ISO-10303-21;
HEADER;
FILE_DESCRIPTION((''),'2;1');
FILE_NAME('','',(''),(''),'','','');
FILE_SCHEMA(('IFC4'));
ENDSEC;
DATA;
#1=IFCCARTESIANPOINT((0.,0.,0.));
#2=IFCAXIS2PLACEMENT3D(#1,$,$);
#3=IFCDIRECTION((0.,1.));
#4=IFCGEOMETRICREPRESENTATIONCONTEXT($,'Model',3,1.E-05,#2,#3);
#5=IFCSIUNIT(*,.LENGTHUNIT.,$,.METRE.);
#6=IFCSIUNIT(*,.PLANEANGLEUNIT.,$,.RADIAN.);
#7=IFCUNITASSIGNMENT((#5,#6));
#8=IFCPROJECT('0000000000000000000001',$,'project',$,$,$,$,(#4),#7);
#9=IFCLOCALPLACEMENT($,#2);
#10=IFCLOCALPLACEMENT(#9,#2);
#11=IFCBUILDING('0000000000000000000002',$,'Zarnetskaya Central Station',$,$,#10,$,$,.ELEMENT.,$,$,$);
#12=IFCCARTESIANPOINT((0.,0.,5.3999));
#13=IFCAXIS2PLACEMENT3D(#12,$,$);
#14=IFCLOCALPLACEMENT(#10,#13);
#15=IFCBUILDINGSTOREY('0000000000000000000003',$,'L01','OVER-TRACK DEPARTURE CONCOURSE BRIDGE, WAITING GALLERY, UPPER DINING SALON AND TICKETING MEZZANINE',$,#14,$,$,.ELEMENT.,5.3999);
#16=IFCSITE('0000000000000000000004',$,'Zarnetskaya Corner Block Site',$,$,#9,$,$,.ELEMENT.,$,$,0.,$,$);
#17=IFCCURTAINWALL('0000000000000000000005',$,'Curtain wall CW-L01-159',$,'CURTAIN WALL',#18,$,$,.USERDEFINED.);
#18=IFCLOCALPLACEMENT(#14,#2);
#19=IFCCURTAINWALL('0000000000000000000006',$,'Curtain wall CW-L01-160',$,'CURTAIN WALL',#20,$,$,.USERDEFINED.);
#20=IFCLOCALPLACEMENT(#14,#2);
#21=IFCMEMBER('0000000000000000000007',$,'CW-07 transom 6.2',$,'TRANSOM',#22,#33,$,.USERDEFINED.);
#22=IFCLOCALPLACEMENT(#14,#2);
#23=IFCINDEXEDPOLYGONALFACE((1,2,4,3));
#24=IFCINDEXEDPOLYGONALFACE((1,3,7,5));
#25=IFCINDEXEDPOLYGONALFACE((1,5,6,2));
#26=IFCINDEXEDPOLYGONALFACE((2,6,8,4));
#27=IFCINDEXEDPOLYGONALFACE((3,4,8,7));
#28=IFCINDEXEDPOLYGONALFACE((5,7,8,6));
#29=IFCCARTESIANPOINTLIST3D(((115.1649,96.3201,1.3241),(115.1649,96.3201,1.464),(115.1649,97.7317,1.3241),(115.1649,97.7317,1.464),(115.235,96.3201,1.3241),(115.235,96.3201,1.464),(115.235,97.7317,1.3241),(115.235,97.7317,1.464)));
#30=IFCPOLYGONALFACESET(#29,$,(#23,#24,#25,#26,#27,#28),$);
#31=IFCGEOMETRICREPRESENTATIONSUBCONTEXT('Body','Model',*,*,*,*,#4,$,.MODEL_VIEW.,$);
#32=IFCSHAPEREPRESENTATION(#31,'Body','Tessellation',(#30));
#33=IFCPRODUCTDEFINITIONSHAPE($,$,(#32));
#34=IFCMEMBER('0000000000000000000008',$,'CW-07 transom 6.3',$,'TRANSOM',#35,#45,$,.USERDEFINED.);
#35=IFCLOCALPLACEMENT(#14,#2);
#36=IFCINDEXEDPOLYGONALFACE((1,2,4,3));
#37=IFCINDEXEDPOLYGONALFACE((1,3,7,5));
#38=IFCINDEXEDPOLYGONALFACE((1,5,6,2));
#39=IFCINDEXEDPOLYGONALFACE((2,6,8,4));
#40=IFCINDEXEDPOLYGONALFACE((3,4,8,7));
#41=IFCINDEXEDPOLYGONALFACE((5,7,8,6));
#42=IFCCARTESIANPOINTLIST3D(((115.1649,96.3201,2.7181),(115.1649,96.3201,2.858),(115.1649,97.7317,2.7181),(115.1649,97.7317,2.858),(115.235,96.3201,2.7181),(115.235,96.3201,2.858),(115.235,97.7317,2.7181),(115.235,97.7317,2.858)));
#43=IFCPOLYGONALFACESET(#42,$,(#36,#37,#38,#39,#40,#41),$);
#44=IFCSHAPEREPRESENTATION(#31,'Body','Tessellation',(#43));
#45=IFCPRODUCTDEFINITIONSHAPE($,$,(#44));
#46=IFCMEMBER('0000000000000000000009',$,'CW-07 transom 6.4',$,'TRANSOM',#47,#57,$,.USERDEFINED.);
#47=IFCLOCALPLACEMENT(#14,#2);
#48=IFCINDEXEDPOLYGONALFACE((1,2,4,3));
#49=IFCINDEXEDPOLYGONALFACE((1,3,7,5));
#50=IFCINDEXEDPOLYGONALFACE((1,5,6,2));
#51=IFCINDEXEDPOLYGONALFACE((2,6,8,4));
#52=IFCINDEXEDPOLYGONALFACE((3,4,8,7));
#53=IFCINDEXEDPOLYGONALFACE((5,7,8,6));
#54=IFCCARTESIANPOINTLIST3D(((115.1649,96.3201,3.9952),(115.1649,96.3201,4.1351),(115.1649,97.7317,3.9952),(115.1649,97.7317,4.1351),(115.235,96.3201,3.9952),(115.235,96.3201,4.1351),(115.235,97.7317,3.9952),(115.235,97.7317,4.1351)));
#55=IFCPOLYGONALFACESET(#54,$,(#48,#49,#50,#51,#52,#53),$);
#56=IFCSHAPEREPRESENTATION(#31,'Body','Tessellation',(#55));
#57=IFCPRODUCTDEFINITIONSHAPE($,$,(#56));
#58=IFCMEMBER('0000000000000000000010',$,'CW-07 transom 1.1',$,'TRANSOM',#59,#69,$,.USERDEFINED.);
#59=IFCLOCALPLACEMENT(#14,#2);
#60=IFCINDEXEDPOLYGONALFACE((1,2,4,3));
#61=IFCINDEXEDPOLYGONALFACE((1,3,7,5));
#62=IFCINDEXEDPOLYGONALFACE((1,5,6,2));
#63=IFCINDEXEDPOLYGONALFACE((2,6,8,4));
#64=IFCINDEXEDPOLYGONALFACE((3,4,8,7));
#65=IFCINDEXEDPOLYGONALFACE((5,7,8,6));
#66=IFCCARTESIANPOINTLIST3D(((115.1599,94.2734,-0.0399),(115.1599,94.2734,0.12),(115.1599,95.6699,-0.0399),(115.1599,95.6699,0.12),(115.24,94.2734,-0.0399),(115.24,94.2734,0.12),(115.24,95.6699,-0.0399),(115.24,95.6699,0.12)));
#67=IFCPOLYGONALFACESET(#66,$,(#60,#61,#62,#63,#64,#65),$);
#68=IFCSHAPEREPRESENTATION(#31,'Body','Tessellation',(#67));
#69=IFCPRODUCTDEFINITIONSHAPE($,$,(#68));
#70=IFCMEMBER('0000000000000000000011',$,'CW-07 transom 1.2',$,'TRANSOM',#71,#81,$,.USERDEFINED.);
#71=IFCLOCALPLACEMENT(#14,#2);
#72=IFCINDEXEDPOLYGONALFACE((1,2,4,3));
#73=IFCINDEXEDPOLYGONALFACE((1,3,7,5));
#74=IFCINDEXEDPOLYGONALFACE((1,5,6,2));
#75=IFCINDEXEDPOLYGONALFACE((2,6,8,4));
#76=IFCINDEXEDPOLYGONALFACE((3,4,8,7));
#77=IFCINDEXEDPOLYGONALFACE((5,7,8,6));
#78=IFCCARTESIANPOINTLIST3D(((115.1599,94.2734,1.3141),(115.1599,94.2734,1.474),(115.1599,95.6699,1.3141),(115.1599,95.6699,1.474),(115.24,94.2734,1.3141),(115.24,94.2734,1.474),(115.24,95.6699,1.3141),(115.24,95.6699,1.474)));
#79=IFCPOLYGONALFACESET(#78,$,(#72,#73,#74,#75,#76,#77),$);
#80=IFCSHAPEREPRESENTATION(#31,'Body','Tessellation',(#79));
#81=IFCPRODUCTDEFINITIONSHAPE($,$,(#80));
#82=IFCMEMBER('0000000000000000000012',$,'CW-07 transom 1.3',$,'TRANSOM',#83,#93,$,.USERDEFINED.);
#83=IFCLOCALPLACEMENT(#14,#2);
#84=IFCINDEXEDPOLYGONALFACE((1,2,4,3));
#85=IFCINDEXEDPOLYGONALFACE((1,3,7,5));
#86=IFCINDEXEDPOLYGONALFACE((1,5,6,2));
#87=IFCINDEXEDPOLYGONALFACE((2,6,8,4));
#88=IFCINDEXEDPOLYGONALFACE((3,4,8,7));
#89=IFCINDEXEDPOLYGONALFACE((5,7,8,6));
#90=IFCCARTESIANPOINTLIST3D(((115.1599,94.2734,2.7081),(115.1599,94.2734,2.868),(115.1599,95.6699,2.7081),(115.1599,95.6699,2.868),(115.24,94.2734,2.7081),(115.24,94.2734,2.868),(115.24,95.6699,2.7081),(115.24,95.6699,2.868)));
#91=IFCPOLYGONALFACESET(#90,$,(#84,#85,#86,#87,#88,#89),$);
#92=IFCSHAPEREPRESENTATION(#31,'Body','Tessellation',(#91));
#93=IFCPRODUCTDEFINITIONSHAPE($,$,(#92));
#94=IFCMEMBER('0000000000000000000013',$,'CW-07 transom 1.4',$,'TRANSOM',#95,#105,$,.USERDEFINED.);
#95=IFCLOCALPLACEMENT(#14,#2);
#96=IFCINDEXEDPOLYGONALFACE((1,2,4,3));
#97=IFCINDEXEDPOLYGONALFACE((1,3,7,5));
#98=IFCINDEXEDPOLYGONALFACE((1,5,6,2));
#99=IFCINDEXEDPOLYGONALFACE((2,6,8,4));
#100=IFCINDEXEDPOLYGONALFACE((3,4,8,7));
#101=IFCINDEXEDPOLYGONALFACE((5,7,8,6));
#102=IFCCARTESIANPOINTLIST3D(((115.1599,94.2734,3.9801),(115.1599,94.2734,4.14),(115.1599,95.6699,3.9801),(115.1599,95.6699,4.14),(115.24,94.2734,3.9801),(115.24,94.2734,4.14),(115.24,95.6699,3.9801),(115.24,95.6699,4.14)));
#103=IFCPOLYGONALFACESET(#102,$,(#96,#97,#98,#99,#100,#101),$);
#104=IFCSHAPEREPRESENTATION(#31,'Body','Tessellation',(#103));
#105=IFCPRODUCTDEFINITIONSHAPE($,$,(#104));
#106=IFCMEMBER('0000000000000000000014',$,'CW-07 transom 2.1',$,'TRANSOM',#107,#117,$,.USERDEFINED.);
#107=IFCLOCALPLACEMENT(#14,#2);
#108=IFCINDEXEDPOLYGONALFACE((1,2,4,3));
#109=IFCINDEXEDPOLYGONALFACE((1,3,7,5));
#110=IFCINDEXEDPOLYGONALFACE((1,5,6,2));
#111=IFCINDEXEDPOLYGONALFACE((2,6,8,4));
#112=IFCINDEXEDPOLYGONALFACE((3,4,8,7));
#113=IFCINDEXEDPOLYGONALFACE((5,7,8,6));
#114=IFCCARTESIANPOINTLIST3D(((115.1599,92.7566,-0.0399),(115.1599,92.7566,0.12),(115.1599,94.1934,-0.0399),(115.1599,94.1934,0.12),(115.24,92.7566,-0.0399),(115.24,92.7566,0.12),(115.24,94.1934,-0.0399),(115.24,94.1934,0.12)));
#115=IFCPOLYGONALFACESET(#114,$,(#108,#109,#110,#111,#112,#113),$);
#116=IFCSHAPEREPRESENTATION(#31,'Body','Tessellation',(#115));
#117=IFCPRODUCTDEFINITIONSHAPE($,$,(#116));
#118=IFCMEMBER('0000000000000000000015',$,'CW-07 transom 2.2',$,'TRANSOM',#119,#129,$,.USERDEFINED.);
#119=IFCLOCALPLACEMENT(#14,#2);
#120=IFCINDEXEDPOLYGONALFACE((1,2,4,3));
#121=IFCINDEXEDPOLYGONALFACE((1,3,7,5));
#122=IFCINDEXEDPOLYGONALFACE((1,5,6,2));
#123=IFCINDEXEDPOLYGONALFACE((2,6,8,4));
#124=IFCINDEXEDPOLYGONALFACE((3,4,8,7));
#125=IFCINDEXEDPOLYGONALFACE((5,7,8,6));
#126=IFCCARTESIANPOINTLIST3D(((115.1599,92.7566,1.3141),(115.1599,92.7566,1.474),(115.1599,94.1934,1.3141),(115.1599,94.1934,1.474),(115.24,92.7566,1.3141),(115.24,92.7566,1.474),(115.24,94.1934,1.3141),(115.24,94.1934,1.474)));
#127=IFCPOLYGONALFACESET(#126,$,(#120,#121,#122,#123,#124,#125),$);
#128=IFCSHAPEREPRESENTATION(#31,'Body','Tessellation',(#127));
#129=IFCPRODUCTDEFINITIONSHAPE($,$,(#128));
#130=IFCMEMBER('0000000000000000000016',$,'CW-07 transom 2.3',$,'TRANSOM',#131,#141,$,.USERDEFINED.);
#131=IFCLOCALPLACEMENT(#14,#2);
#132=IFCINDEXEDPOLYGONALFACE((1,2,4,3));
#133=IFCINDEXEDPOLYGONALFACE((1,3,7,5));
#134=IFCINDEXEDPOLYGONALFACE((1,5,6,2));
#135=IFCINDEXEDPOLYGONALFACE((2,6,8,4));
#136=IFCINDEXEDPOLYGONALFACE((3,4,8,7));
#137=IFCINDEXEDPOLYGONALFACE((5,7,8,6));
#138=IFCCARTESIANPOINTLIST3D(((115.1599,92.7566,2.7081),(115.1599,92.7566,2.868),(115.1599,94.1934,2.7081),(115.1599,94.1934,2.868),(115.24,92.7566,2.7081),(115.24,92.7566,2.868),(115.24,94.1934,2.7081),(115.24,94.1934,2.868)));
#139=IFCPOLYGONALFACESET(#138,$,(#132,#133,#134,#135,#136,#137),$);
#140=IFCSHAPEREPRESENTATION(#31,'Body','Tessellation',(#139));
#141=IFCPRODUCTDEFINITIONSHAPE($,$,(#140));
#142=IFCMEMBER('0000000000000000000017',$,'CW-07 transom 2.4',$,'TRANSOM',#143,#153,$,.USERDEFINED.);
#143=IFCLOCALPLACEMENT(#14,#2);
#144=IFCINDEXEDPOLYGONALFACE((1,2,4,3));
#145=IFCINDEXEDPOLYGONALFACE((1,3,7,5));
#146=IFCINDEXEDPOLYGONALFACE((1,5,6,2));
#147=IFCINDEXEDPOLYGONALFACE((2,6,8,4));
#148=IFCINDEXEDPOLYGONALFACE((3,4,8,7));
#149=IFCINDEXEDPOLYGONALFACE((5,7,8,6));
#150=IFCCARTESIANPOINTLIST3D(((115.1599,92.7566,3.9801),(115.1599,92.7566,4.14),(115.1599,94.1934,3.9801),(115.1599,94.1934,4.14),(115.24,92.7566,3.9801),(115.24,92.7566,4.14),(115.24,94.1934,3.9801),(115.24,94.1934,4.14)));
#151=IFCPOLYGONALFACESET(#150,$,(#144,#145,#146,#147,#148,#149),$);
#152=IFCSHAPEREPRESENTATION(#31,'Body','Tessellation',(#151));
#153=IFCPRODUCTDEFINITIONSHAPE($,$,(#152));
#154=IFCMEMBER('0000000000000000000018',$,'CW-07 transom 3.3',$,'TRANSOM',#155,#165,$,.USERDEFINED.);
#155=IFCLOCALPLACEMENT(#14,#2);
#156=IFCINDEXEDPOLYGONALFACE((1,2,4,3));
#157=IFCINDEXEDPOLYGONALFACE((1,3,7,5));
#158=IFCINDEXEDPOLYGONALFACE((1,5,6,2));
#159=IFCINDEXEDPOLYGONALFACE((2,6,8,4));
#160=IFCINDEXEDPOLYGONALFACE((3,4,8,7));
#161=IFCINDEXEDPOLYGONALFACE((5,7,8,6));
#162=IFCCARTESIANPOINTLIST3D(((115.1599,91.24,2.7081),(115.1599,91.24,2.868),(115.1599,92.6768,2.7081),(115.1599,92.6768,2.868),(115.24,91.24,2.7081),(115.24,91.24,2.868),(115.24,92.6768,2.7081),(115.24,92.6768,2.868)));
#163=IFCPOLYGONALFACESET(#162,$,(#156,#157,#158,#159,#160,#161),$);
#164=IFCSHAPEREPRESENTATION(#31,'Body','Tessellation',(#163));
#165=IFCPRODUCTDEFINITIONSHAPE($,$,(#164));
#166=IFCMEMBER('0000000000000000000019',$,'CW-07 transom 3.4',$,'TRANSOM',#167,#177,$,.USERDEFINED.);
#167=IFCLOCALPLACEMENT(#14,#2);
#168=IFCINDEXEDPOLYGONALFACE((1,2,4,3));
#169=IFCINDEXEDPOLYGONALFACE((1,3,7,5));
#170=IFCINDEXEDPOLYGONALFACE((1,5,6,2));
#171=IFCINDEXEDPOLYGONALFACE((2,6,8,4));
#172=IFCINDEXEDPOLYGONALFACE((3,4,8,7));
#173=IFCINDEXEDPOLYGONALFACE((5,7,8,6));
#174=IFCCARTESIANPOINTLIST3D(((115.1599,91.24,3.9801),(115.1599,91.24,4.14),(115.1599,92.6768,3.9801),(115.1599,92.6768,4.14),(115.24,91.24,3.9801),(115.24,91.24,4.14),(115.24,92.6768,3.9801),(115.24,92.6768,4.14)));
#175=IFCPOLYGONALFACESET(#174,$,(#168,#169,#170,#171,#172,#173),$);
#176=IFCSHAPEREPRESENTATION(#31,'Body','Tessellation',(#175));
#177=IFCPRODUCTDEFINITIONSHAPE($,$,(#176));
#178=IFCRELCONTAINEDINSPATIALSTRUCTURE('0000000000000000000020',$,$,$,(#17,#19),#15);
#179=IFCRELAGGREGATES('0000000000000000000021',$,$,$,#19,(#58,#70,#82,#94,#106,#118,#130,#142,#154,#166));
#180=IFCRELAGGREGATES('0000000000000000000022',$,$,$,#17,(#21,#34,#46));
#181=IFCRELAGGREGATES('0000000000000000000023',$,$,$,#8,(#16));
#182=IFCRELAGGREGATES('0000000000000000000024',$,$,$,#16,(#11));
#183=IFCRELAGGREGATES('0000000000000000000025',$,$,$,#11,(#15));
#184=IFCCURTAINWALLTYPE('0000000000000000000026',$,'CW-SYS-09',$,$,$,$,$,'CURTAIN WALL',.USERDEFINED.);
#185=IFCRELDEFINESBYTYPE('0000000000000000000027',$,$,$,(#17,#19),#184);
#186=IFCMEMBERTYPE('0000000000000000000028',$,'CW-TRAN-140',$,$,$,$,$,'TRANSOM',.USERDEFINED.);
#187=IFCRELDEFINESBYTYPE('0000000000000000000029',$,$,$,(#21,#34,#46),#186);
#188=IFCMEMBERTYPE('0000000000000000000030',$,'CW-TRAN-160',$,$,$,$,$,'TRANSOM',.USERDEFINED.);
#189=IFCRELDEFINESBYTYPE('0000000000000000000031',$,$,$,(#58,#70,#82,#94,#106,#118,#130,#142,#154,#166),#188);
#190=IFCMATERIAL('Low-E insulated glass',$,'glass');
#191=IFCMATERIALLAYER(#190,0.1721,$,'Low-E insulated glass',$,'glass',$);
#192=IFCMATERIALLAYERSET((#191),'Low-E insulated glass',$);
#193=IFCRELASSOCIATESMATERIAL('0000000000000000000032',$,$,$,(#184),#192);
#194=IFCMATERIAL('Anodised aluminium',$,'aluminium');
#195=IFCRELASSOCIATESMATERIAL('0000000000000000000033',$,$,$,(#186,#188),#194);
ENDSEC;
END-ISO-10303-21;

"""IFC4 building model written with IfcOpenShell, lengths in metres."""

from ifc_helpers import new_model, si_unit, direction, frame, origin, origin_2d, place, context, subcontext, project, spatial, rectangle, extrude, material, layer, layer_set, material_profile, profile_set, type_object, element, aggregate, save


model = new_model("IFC4")

# Units and contexts
model_context = context("Model", 3, precision=1e-05, world=origin(), true_north=direction((0.0, 1.0)))
body_context = subcontext(model_context, "Body", "Model", "MODEL_VIEW")
ifc_project = project(units=[si_unit("LENGTHUNIT", "METRE"), si_unit("PLANEANGLEUNIT", "RADIAN")], contexts=[model_context])

# Site, building, storey
site_placement = place(None, origin())
site = spatial("IfcSite", under=ifc_project, at=site_placement, Name="Zarnetskaya Corner Block Site", CompositionType="ELEMENT", RefElevation=0.0)
building_placement = place(site_placement, origin())
building = spatial("IfcBuilding", under=site, at=building_placement, Name="Zarnetskaya Central Station", CompositionType="ELEMENT")
storey_placement = place(building_placement, frame((0.0, 0.0, 5.3999)))
storey = spatial("IfcBuildingStorey", under=building, at=storey_placement, Name="L01", Description="OVER-TRACK DEPARTURE CONCOURSE BRIDGE, WAITING GALLERY, UPPER DINING SALON AND TICKETING MEZZANINE", CompositionType="ELEMENT", Elevation=5.3999)

# Curtain walls
ifc_material_1 = material(Name="Low-E insulated glass", Category="glass")
ifc_layer_1 = layer(ifc_material_1, 0.1721, Name="Low-E insulated glass", Category="glass")
ifc_layer_set_1 = layer_set([ifc_layer_1], Name="Low-E insulated glass")
curtain_wall_type = type_object("IfcCurtainWallType", Name="CW-SYS-09", ElementType="CURTAIN WALL", PredefinedType="USERDEFINED", material=ifc_layer_set_1)
curtain_wall_1_placement = place(storey_placement, origin())
curtain_wall_1 = element("IfcCurtainWall", 1, at=curtain_wall_1_placement, inside=storey, type_object=curtain_wall_type, Name="Curtain wall CW-L01-159", ObjectType="CURTAIN WALL", PredefinedType="USERDEFINED")
ifc_material_2 = material(Name="Anodised aluminium", Category="aluminium")
curtain_wall_2_placement = place(storey_placement, origin())
curtain_wall_2 = element("IfcCurtainWall", 2, at=curtain_wall_2_placement, inside=storey, type_object=curtain_wall_type, Name="Curtain wall CW-L01-160", ObjectType="CURTAIN WALL", PredefinedType="USERDEFINED")

# Members
ifc_material_profile_1 = material_profile(ifc_material_2, rectangle(XDim=0.0701, YDim=0.1399, at=origin_2d()), Name="ALU TRAN 70x140")
ifc_profile_set_1 = profile_set([ifc_material_profile_1], Name="Anodised aluminium")
member_type_1 = type_object("IfcMemberType", Name="CW-TRAN-140", ElementType="TRANSOM", PredefinedType="USERDEFINED", material=ifc_profile_set_1)
member_1_placement = place(storey_placement, frame((115.2, 97.7317, 1.394), z_axis=(0.0, -1.0, 0.0), x_axis=(1.0, 0.0, 0.0)))
member_1 = element("IfcMember", 3, at=member_1_placement, type_object=member_type_1, Name="CW-07 transom 6.2", ObjectType="TRANSOM", PredefinedType="USERDEFINED", context=body_context, shape_type="SweptSolid", body=[
    extrude(rectangle(XDim=0.0701, YDim=0.1399, at=origin_2d()), origin(), (0.0, 0.0, 1.0), 1.4116),
])
member_2_placement = place(storey_placement, frame((115.2, 97.7317, 2.7881), z_axis=(0.0, -1.0, 0.0), x_axis=(1.0, 0.0, 0.0)))
member_2 = element("IfcMember", 4, at=member_2_placement, type_object=member_type_1, Name="CW-07 transom 6.3", ObjectType="TRANSOM", PredefinedType="USERDEFINED", context=body_context, shape_type="SweptSolid", body=[
    extrude(rectangle(XDim=0.0701, YDim=0.1399, at=origin_2d()), origin(), (0.0, 0.0, 1.0), 1.4116),
])
member_3_placement = place(storey_placement, frame((115.2, 97.7317, 4.0652), z_axis=(0.0, -1.0, 0.0), x_axis=(1.0, 0.0, 0.0)))
member_3 = element("IfcMember", 5, at=member_3_placement, type_object=member_type_1, Name="CW-07 transom 6.4", ObjectType="TRANSOM", PredefinedType="USERDEFINED", context=body_context, shape_type="SweptSolid", body=[
    extrude(rectangle(XDim=0.0701, YDim=0.1399, at=origin_2d()), origin(), (0.0, 0.0, 1.0), 1.4116),
])
ifc_material_profile_2 = material_profile(ifc_material_2, rectangle(XDim=0.0801, YDim=0.1599, at=origin_2d()), Name="ALU TRAN 80x160")
ifc_profile_set_2 = profile_set([ifc_material_profile_2], Name="Anodised aluminium")
member_type_2 = type_object("IfcMemberType", Name="CW-TRAN-160", ElementType="TRANSOM", PredefinedType="USERDEFINED", material=ifc_profile_set_2)
member_4_placement = place(storey_placement, frame((115.2, 95.6699, 0.04), z_axis=(0.0, -1.0, 0.0), x_axis=(1.0, 0.0, 0.0)))
member_4 = element("IfcMember", 6, at=member_4_placement, type_object=member_type_2, Name="CW-07 transom 1.1", ObjectType="TRANSOM", PredefinedType="USERDEFINED", context=body_context, shape_type="SweptSolid", body=[
    extrude(rectangle(XDim=0.0801, YDim=0.1599, at=origin_2d()), origin(), (0.0, 0.0, 1.0), 1.3965),
])
member_5_placement = place(storey_placement, frame((115.2, 95.6699, 1.394), z_axis=(0.0, -1.0, 0.0), x_axis=(1.0, 0.0, 0.0)))
member_5 = element("IfcMember", 7, at=member_5_placement, type_object=member_type_2, Name="CW-07 transom 1.2", ObjectType="TRANSOM", PredefinedType="USERDEFINED", context=body_context, shape_type="SweptSolid", body=[
    extrude(rectangle(XDim=0.0801, YDim=0.1599, at=origin_2d()), origin(), (0.0, 0.0, 1.0), 1.3965),
])
member_6_placement = place(storey_placement, frame((115.2, 95.6699, 2.7881), z_axis=(0.0, -1.0, 0.0), x_axis=(1.0, 0.0, 0.0)))
member_6 = element("IfcMember", 8, at=member_6_placement, type_object=member_type_2, Name="CW-07 transom 1.3", ObjectType="TRANSOM", PredefinedType="USERDEFINED", context=body_context, shape_type="SweptSolid", body=[
    extrude(rectangle(XDim=0.0801, YDim=0.1599, at=origin_2d()), origin(), (0.0, 0.0, 1.0), 1.3965),
])
member_7_placement = place(storey_placement, frame((115.2, 95.6699, 4.0601), z_axis=(0.0, -1.0, 0.0), x_axis=(1.0, 0.0, 0.0)))
member_7 = element("IfcMember", 9, at=member_7_placement, type_object=member_type_2, Name="CW-07 transom 1.4", ObjectType="TRANSOM", PredefinedType="USERDEFINED", context=body_context, shape_type="SweptSolid", body=[
    extrude(rectangle(XDim=0.0801, YDim=0.1599, at=origin_2d()), origin(), (0.0, 0.0, 1.0), 1.3965),
])
member_8_placement = place(storey_placement, frame((115.2, 94.1934, 0.04), z_axis=(0.0, -1.0, 0.0), x_axis=(1.0, 0.0, 0.0)))
member_8 = element("IfcMember", 10, at=member_8_placement, type_object=member_type_2, Name="CW-07 transom 2.1", ObjectType="TRANSOM", PredefinedType="USERDEFINED", context=body_context, shape_type="SweptSolid", body=[
    extrude(rectangle(XDim=0.0801, YDim=0.1599, at=origin_2d()), origin(), (0.0, 0.0, 1.0), 1.4368),
])
member_9_placement = place(storey_placement, frame((115.2, 94.1934, 1.394), z_axis=(0.0, -1.0, 0.0), x_axis=(1.0, 0.0, 0.0)))
member_9 = element("IfcMember", 11, at=member_9_placement, type_object=member_type_2, Name="CW-07 transom 2.2", ObjectType="TRANSOM", PredefinedType="USERDEFINED", context=body_context, shape_type="SweptSolid", body=[
    extrude(rectangle(XDim=0.0801, YDim=0.1599, at=origin_2d()), origin(), (0.0, 0.0, 1.0), 1.4368),
])
member_10_placement = place(storey_placement, frame((115.2, 94.1934, 2.7881), z_axis=(0.0, -1.0, 0.0), x_axis=(1.0, 0.0, 0.0)))
member_10 = element("IfcMember", 12, at=member_10_placement, type_object=member_type_2, Name="CW-07 transom 2.3", ObjectType="TRANSOM", PredefinedType="USERDEFINED", context=body_context, shape_type="SweptSolid", body=[
    extrude(rectangle(XDim=0.0801, YDim=0.1599, at=origin_2d()), origin(), (0.0, 0.0, 1.0), 1.4368),
])
member_11_placement = place(storey_placement, frame((115.2, 94.1934, 4.0601), z_axis=(0.0, -1.0, 0.0), x_axis=(1.0, 0.0, 0.0)))
member_11 = element("IfcMember", 13, at=member_11_placement, type_object=member_type_2, Name="CW-07 transom 2.4", ObjectType="TRANSOM", PredefinedType="USERDEFINED", context=body_context, shape_type="SweptSolid", body=[
    extrude(rectangle(XDim=0.0801, YDim=0.1599, at=origin_2d()), origin(), (0.0, 0.0, 1.0), 1.4368),
])
member_12_placement = place(storey_placement, frame((115.2, 92.6768, 2.7881), z_axis=(0.0, -1.0, 0.0), x_axis=(1.0, 0.0, 0.0)))
member_12 = element("IfcMember", 14, at=member_12_placement, type_object=member_type_2, Name="CW-07 transom 3.3", ObjectType="TRANSOM", PredefinedType="USERDEFINED", context=body_context, shape_type="SweptSolid", body=[
    extrude(rectangle(XDim=0.0801, YDim=0.1599, at=origin_2d()), origin(), (0.0, 0.0, 1.0), 1.4368),
])
member_13_placement = place(storey_placement, frame((115.2, 92.6768, 4.0601), z_axis=(0.0, -1.0, 0.0), x_axis=(1.0, 0.0, 0.0)))
member_13 = element("IfcMember", 15, at=member_13_placement, type_object=member_type_2, Name="CW-07 transom 3.4", ObjectType="TRANSOM", PredefinedType="USERDEFINED", context=body_context, shape_type="SweptSolid", body=[
    extrude(rectangle(XDim=0.0801, YDim=0.1599, at=origin_2d()), origin(), (0.0, 0.0, 1.0), 1.4368),
])

aggregate(curtain_wall_2, [member_4, member_5, member_6, member_7, member_8, member_9, member_10, member_11, member_12, member_13])
aggregate(curtain_wall_1, [member_1, member_2, member_3])

save(model, "model.ifc")
